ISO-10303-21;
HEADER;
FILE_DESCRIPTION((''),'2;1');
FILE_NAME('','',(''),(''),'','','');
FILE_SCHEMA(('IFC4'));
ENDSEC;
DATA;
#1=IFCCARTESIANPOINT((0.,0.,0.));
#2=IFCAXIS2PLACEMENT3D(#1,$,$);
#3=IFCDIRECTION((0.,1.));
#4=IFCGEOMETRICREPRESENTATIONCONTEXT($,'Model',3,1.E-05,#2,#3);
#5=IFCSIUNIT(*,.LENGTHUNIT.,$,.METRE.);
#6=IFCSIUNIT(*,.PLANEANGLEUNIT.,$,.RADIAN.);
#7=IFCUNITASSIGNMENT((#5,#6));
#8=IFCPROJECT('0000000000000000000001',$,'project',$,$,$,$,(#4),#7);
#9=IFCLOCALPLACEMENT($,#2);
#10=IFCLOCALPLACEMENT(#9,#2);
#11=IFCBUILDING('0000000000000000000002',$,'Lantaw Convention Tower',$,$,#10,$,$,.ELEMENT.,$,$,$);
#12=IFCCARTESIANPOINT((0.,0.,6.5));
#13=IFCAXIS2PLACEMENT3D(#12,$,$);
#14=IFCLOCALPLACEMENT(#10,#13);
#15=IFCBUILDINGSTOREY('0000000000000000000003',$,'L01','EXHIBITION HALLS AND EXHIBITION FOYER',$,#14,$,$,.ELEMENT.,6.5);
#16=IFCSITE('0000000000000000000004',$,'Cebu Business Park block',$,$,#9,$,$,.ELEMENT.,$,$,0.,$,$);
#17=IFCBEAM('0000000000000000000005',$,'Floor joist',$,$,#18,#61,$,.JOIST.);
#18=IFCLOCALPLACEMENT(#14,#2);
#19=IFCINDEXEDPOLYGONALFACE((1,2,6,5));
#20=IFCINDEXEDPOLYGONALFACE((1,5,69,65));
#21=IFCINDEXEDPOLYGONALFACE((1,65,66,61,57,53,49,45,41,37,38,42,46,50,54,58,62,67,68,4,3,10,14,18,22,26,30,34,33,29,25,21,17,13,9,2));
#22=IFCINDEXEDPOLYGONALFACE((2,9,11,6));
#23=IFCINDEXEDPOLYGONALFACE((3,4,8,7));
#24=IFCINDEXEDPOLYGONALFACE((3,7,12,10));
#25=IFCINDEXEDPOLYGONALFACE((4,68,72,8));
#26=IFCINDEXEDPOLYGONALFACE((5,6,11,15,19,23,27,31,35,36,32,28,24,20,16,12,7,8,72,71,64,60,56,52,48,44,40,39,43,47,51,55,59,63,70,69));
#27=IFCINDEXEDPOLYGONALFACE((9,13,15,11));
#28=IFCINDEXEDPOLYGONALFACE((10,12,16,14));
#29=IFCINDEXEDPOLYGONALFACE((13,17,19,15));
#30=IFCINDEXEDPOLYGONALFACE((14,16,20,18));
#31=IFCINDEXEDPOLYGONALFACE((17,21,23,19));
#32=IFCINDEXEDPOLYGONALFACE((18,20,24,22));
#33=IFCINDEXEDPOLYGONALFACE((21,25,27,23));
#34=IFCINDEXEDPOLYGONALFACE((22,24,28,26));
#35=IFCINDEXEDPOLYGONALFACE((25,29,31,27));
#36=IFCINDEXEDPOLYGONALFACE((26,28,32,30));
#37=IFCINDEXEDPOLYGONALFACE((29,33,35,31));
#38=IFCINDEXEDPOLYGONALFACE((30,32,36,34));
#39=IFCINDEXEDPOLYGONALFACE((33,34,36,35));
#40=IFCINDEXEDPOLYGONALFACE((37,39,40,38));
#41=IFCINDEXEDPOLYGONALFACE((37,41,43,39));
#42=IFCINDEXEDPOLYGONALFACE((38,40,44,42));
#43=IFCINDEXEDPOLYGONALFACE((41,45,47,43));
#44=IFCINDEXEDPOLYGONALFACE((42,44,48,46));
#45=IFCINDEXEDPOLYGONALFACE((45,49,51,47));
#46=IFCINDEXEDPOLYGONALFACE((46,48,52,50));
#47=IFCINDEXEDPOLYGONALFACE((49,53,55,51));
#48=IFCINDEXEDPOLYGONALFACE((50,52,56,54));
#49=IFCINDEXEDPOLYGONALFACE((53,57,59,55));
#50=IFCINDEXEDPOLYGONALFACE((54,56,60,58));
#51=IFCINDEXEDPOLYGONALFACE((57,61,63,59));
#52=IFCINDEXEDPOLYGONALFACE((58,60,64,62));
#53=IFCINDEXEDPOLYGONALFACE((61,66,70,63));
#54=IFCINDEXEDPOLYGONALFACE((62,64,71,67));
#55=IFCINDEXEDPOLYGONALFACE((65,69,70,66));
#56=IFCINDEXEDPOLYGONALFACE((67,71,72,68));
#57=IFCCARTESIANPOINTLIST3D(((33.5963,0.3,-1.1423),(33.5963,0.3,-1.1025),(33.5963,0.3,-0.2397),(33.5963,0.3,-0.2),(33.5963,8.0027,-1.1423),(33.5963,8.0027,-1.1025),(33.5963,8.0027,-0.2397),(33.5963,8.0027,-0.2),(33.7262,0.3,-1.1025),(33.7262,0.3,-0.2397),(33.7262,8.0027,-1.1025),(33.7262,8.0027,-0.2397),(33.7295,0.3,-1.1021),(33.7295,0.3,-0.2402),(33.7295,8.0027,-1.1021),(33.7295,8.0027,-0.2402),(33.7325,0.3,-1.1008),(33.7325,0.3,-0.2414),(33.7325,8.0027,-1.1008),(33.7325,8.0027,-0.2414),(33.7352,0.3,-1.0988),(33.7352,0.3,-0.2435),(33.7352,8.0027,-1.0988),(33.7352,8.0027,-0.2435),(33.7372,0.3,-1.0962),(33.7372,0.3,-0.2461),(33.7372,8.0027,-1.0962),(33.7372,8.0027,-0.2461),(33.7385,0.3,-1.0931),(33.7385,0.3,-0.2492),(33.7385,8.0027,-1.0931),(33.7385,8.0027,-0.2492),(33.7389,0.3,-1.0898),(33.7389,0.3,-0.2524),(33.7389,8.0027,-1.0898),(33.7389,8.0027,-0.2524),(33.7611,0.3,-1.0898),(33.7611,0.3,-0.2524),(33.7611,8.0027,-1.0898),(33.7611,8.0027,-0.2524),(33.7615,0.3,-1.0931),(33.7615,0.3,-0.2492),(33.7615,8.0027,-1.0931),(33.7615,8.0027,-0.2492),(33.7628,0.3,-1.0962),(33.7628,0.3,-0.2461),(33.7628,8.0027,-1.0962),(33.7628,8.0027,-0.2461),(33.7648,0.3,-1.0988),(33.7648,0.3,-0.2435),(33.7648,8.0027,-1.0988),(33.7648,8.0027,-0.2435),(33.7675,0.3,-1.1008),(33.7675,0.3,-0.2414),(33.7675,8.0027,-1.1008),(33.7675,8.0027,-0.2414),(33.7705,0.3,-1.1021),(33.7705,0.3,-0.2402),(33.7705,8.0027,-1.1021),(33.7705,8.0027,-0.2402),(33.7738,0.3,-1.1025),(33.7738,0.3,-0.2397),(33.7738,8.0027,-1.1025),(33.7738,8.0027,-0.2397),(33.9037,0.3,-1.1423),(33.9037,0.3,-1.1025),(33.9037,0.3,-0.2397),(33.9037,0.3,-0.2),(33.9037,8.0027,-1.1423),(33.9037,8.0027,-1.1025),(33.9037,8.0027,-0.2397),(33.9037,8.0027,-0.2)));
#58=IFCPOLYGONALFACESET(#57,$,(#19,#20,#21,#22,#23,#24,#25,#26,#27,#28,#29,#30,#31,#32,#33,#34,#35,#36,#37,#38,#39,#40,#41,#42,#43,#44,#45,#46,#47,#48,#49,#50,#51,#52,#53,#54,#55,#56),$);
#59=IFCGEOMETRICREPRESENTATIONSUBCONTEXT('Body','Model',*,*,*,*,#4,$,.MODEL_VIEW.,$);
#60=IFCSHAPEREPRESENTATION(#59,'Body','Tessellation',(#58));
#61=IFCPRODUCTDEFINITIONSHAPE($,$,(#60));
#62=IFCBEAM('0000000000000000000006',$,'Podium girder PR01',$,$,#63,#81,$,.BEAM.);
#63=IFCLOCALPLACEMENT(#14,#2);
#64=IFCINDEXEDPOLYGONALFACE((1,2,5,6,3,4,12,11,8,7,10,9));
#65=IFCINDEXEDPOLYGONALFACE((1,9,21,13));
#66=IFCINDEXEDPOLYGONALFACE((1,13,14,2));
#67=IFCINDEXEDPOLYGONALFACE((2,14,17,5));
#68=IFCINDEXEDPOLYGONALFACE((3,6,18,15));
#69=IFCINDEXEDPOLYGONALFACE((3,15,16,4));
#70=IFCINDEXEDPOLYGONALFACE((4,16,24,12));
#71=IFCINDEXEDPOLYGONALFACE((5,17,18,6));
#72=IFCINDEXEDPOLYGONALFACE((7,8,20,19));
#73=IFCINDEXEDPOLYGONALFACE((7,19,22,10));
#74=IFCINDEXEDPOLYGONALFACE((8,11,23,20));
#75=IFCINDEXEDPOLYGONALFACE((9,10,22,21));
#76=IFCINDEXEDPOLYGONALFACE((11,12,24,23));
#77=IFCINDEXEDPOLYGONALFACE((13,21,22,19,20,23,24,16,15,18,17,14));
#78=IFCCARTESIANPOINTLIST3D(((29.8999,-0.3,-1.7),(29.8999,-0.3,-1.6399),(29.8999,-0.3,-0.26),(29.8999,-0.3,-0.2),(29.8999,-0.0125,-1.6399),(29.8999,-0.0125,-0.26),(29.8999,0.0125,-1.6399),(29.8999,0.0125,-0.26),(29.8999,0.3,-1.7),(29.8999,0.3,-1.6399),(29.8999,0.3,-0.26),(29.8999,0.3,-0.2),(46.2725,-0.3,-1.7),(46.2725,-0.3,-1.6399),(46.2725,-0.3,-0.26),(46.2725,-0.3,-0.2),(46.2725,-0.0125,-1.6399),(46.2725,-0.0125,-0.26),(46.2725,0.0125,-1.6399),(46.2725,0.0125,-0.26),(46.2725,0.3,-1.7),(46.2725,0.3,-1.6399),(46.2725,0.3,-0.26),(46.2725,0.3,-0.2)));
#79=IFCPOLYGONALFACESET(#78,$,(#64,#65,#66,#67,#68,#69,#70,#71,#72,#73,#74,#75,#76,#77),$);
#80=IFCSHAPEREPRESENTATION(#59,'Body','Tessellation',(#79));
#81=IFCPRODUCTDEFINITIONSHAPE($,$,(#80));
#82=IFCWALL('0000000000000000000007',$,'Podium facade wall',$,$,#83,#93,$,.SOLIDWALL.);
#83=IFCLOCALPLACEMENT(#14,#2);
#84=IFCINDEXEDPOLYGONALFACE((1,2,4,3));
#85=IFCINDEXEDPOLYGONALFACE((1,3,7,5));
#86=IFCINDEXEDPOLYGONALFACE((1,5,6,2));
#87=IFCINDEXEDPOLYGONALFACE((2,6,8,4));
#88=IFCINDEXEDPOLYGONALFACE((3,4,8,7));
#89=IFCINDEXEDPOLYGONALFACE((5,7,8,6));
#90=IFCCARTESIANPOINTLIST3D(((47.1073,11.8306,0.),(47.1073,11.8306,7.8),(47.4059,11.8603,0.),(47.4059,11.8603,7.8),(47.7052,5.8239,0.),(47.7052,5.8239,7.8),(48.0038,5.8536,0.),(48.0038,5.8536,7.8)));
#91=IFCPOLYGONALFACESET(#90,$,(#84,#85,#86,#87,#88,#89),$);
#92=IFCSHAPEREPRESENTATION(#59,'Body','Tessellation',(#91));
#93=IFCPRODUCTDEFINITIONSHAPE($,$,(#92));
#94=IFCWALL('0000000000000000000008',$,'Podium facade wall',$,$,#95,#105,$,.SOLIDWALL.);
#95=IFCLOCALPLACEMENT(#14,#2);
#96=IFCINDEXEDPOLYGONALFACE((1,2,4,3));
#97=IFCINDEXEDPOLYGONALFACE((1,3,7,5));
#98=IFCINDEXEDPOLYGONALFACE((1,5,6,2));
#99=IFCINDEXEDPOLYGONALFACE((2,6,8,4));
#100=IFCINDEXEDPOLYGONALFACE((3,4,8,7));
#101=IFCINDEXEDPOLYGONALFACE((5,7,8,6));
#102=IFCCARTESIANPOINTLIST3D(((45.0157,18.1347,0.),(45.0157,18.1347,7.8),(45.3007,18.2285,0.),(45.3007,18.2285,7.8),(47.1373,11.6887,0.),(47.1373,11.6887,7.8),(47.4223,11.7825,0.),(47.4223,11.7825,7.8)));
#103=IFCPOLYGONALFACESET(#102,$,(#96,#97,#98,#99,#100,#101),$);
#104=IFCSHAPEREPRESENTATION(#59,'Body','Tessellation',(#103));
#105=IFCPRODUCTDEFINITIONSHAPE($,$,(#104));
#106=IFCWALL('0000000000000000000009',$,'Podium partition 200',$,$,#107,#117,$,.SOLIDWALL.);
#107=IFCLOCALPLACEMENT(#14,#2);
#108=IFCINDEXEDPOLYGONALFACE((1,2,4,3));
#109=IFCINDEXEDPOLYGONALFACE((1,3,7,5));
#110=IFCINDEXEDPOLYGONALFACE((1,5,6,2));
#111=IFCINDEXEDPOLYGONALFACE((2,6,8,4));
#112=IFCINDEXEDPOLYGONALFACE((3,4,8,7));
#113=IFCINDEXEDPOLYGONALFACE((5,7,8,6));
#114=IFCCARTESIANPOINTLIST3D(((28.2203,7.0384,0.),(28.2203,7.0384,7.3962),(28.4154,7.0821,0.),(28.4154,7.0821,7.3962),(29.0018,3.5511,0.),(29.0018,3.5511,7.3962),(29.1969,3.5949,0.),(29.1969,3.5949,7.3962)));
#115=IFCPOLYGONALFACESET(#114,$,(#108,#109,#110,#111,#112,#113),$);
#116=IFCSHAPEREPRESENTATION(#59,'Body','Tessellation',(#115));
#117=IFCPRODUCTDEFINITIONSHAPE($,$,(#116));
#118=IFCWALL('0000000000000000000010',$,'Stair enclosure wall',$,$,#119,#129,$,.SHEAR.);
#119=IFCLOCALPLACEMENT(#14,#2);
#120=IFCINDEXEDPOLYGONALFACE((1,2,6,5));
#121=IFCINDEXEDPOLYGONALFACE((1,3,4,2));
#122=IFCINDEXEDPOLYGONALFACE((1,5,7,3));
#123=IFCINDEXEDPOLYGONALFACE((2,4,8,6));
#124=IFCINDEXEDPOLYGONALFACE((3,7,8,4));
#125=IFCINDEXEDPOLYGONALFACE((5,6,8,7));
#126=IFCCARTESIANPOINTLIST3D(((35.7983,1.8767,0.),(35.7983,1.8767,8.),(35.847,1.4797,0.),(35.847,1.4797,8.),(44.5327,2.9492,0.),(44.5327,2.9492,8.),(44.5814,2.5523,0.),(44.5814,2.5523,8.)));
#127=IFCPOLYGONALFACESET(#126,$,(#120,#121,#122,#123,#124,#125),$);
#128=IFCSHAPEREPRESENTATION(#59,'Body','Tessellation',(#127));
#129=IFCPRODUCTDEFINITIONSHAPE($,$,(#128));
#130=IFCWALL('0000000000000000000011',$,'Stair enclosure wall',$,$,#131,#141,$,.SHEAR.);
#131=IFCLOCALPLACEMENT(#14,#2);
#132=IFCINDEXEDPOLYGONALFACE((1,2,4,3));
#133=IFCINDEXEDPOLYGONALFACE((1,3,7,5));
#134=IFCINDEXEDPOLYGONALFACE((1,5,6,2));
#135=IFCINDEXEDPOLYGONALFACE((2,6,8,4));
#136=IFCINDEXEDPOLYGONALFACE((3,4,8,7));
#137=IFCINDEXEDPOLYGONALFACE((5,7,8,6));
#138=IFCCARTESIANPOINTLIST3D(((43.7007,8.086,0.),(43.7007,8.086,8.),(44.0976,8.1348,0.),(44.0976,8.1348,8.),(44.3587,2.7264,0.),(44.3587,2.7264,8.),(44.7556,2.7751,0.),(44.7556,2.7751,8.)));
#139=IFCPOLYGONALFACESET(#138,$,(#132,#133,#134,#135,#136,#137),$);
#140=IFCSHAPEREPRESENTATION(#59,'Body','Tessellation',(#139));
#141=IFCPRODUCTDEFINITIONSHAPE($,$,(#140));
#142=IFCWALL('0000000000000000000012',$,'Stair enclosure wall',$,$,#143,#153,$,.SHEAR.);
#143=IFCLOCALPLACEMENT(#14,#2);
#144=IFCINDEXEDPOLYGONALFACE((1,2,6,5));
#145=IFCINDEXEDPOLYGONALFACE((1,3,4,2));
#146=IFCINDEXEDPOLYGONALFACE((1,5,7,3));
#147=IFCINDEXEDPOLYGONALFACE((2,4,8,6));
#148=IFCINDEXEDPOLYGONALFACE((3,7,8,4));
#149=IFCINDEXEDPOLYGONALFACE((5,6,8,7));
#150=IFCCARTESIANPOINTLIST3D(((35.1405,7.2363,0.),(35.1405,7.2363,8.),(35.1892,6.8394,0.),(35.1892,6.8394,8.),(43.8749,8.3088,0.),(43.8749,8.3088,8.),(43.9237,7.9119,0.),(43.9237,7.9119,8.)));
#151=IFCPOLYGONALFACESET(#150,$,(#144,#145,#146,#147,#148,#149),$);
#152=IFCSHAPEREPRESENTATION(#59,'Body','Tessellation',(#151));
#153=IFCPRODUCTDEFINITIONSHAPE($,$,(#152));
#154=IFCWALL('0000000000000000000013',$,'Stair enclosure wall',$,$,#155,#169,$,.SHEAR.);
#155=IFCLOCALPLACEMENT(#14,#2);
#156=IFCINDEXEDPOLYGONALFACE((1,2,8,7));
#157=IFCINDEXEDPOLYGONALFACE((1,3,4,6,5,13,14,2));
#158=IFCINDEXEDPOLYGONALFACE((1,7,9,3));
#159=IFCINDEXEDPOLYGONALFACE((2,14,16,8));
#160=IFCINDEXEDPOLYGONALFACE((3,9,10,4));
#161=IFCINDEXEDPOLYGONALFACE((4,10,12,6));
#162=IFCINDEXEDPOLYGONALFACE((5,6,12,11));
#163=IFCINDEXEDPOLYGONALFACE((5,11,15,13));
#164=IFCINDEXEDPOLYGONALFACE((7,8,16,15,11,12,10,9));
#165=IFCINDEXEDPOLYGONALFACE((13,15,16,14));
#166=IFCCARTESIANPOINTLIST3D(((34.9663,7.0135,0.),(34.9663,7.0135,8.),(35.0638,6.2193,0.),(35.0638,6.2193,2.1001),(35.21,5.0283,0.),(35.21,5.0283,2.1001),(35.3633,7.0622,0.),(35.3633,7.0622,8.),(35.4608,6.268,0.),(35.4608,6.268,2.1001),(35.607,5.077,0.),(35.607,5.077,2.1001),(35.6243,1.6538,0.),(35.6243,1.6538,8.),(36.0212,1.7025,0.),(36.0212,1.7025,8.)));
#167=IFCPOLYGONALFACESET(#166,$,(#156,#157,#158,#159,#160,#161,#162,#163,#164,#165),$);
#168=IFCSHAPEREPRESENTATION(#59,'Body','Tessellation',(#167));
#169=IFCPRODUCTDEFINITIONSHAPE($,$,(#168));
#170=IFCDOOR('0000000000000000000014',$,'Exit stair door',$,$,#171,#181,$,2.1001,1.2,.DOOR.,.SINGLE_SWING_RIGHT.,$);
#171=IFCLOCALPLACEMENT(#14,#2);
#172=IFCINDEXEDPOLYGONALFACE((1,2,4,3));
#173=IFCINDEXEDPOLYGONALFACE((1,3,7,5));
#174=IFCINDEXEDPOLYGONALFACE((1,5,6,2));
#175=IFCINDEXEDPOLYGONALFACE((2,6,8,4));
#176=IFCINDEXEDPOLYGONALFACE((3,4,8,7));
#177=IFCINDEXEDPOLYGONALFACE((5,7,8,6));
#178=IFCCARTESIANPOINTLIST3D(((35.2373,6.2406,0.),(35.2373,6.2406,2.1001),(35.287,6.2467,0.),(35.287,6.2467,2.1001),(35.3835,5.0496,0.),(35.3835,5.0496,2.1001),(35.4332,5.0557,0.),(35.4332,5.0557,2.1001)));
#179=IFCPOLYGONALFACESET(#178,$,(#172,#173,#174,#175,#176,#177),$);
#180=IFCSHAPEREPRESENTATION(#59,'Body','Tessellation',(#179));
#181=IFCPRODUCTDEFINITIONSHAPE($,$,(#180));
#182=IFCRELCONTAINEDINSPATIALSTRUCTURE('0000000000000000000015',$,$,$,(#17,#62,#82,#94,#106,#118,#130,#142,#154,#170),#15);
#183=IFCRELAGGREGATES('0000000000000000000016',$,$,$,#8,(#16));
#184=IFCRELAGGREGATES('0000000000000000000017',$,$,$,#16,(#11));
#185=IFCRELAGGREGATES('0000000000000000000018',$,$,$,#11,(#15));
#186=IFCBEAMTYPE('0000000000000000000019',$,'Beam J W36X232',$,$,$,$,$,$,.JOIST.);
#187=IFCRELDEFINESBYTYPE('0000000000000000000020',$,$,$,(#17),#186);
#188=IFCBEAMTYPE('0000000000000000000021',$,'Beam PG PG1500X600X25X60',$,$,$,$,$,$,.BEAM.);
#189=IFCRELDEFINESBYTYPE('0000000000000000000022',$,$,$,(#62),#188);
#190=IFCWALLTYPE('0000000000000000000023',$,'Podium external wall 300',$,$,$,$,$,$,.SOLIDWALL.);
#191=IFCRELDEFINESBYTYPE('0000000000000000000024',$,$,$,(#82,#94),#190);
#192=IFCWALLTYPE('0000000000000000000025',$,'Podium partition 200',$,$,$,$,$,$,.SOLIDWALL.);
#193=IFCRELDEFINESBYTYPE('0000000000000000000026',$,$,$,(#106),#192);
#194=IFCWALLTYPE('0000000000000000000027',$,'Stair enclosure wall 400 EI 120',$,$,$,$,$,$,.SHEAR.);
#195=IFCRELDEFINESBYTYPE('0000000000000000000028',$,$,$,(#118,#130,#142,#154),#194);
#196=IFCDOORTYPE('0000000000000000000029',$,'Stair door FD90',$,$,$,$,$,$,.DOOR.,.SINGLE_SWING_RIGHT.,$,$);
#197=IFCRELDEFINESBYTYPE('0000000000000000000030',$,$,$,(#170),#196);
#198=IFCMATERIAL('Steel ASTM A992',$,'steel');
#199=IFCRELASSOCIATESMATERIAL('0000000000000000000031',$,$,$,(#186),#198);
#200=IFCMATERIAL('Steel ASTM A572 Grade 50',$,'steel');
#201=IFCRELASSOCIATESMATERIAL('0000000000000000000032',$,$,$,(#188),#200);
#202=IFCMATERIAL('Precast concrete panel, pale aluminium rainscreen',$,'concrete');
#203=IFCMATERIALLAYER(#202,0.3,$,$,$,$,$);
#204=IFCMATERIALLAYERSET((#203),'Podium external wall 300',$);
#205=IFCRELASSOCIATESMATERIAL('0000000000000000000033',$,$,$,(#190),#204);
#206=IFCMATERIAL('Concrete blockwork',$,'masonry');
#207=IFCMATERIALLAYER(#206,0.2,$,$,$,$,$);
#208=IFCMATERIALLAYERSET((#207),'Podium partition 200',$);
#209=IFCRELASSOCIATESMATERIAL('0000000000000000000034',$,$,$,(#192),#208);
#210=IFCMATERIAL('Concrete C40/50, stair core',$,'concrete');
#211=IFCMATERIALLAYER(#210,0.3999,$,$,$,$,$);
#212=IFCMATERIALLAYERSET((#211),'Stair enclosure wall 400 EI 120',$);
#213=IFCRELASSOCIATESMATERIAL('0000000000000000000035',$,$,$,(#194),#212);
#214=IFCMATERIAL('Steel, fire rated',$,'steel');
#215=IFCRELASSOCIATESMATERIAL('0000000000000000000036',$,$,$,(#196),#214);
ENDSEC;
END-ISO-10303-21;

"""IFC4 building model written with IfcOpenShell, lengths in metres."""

from ifc_helpers import new_model, si_unit, direction, frame, frame_2d, origin, origin_2d, place, context, subcontext, project, spatial, rectangle, i_section, extrude, material, layer, layer_set, material_profile, profile_set, type_object, element, fill, save


model = new_model("IFC4")

# Units and contexts
model_context = context("Model", 3, precision=1e-05, world=origin(), true_north=direction((0.0, 1.0)))
body_context = subcontext(model_context, "Body", "Model", "MODEL_VIEW")
ifc_project = project(units=[si_unit("LENGTHUNIT", "METRE"), si_unit("PLANEANGLEUNIT", "RADIAN")], contexts=[model_context])

# Site, building, storey
site_placement = place(None, origin())
site = spatial("IfcSite", under=ifc_project, at=site_placement, Name="Cebu Business Park block", CompositionType="ELEMENT", RefElevation=0.0)
building_placement = place(site_placement, origin())
building = spatial("IfcBuilding", under=site, at=building_placement, Name="Lantaw Convention Tower", CompositionType="ELEMENT")
storey_placement = place(building_placement, frame((0.0, 0.0, 6.5)))
storey = spatial("IfcBuildingStorey", under=building, at=storey_placement, Name="L01", Description="EXHIBITION HALLS AND EXHIBITION FOYER", CompositionType="ELEMENT", Elevation=6.5)

# Shared definitions
ifc_material_1 = material(Name="Steel ASTM A572 Grade 50", Category="steel")

# Beams
ifc_material_2 = material(Name="Steel ASTM A992", Category="steel")
ifc_material_profile_1 = material_profile(ifc_material_2, i_section(OverallWidth=0.3074, OverallDepth=0.9424, WebThickness=0.0222, FlangeThickness=0.0398, FilletRadius=0.0127, at=origin_2d()), Name="W36X232")
ifc_profile_set_1 = profile_set([ifc_material_profile_1], Name="Steel ASTM A992")
beam_type_1 = type_object("IfcBeamType", Name="Beam J W36X232", PredefinedType="JOIST", material=ifc_profile_set_1)
beam_1_placement = place(storey_placement, frame((33.75, 0.3, -0.6711), z_axis=(0.0, 1.0, 0.0), x_axis=(-1.0, 0.0, 0.0)))
element("IfcBeam", 1, at=beam_1_placement, inside=storey, type_object=beam_type_1, Name="Floor joist", PredefinedType="JOIST", context=body_context, shape_type="SweptSolid", body=[
    extrude(i_section(OverallWidth=0.3074, OverallDepth=0.9424, WebThickness=0.0222, FlangeThickness=0.0398, FilletRadius=0.0127, at=origin_2d()), origin(), (0.0, 0.0, 1.0), 7.7026),
])
ifc_material_profile_2 = material_profile(ifc_material_1, i_section(OverallWidth=0.6001, OverallDepth=1.5, WebThickness=0.0249, FlangeThickness=0.0601, at=origin_2d()), Name="PG1500X600X25X60")
ifc_profile_set_2 = profile_set([ifc_material_profile_2], Name="Steel ASTM A572 Grade 50")
beam_type_2 = type_object("IfcBeamType", Name="Beam PG PG1500X600X25X60", PredefinedType="BEAM", material=ifc_profile_set_2)
beam_2_placement = place(storey_placement, frame((29.8999, 0.0, -0.95), z_axis=(1.0, 0.0, 0.0), x_axis=(0.0, 1.0, 0.0)))
element("IfcBeam", 2, at=beam_2_placement, inside=storey, type_object=beam_type_2, Name="Podium girder PR01", PredefinedType="BEAM", context=body_context, shape_type="SweptSolid", body=[
    extrude(i_section(OverallWidth=0.6001, OverallDepth=1.5, WebThickness=0.0249, FlangeThickness=0.0601, at=origin_2d()), origin(), (0.0, 0.0, 1.0), 16.3726),
])

# Walls
ifc_material_3 = material(Name="Precast concrete panel, pale aluminium rainscreen", Category="concrete")
ifc_layer_1 = layer(ifc_material_3, 0.3)
ifc_layer_set_1 = layer_set([ifc_layer_1], Name="Podium external wall 300")
wall_type_1 = type_object("IfcWallType", Name="Podium external wall 300", PredefinedType="SOLIDWALL", material=ifc_layer_set_1)
wall_1_placement = place(storey_placement, frame((47.8545, 5.8389, 0.0), z_axis=(0.0, 0.0, 1.0), x_axis=(-0.099051, 0.995082, 0.0)))
element("IfcWall", 3, at=wall_1_placement, inside=storey, type_object=wall_type_1, Name="Podium facade wall", PredefinedType="SOLIDWALL", context=body_context, shape_type="SweptSolid", body=[
    extrude(rectangle(XDim=6.0364, YDim=0.3, at=frame_2d((3.0181, 0.0))), origin(), (0.0, 0.0, 1.0), 7.8),
])
wall_2_placement = place(storey_placement, frame((47.2798, 11.7356, 0.0), z_axis=(0.0, 0.0, 1.0), x_axis=(-0.312631, 0.949874, 0.0)))
element("IfcWall", 4, at=wall_2_placement, inside=storey, type_object=wall_type_1, Name="Podium facade wall", PredefinedType="SOLIDWALL", context=body_context, shape_type="SweptSolid", body=[
    extrude(rectangle(XDim=6.7861, YDim=0.3, at=frame_2d((3.3931, 0.0))), origin(), (0.0, 0.0, 1.0), 7.8),
])

# Shared definitions
ifc_material_4 = material(Name="Concrete blockwork", Category="masonry")
ifc_layer_2 = layer(ifc_material_4, 0.2)
ifc_layer_set_2 = layer_set([ifc_layer_2], Name="Podium partition 200")
wall_type_2 = type_object("IfcWallType", Name="Podium partition 200", PredefinedType="SOLIDWALL", material=ifc_layer_set_2)

# Walls
wall_3_placement = place(storey_placement, frame((29.0994, 3.573, 0.0), z_axis=(0.0, 0.0, 1.0), x_axis=(-0.218673, 0.975798, 0.0)))
element("IfcWall", 5, at=wall_3_placement, inside=storey, type_object=wall_type_2, Name="Podium partition 200", PredefinedType="SOLIDWALL", context=body_context, shape_type="SweptSolid", body=[
    extrude(rectangle(XDim=3.5737, YDim=0.2, at=frame_2d((1.7869, 0.0))), origin(), (0.0, 0.0, 1.0), 7.3962),
])
ifc_material_5 = material(Name="Concrete C40/50, stair core", Category="concrete")
ifc_layer_3 = layer(ifc_material_5, 0.3999)
ifc_layer_set_3 = layer_set([ifc_layer_3], Name="Stair enclosure wall 400 EI 120")
wall_type_3 = type_object("IfcWallType", Name="Stair enclosure wall 400 EI 120", PredefinedType="SHEAR", material=ifc_layer_set_3)
wall_4_placement = place(storey_placement, frame((35.8228, 1.6782, 0.0), z_axis=(0.0, 0.0, 1.0), x_axis=(0.992545, 0.121876, 0.0)))
element("IfcWall", 6, at=wall_4_placement, inside=storey, type_object=wall_type_3, Name="Stair enclosure wall", PredefinedType="SHEAR", context=body_context, shape_type="SweptSolid", body=[
    extrude(rectangle(XDim=8.8, YDim=0.3999, at=frame_2d((4.3999, 0.0))), origin(), (0.0, 0.0, 1.0), 8.0),
])
wall_5_placement = place(storey_placement, frame((44.5571, 2.7507, 0.0), z_axis=(0.0, 0.0, 1.0), x_axis=(-0.121848, 0.992549, 0.0)))
element("IfcWall", 7, at=wall_5_placement, inside=storey, type_object=wall_type_3, Name="Stair enclosure wall", PredefinedType="SHEAR", context=body_context, shape_type="SweptSolid", body=[
    extrude(rectangle(XDim=5.3999, YDim=0.3999, at=frame_2d((2.7, 0.0))), origin(), (0.0, 0.0, 1.0), 8.0),
])
wall_6_placement = place(storey_placement, frame((43.8992, 8.1104, 0.0), z_axis=(0.0, 0.0, 1.0), x_axis=(-0.992545, -0.121876, 0.0)))
element("IfcWall", 8, at=wall_6_placement, inside=storey, type_object=wall_type_3, Name="Stair enclosure wall", PredefinedType="SHEAR", context=body_context, shape_type="SweptSolid", body=[
    extrude(rectangle(XDim=8.8, YDim=0.3999, at=frame_2d((4.3999, 0.0))), origin(), (0.0, 0.0, 1.0), 8.0),
])

# Wall, opening, door
wall_7_placement = place(storey_placement, frame((35.1648, 7.0378, 0.0), z_axis=(0.0, 0.0, 1.0), x_axis=(0.121848, -0.992549, 0.0)))
wall_7 = element("IfcWall", 9, at=wall_7_placement, inside=storey, type_object=wall_type_3, Name="Stair enclosure wall", PredefinedType="SHEAR", context=body_context, shape_type="SweptSolid", body=[
    extrude(rectangle(XDim=5.3999, YDim=0.3999, at=frame_2d((2.7, 0.0))), origin(), (0.0, 0.0, 1.0), 8.0),
])
opening_1_placement = place(wall_7_placement, frame((0.8, 0.0, 0.0)))
opening_1 = element("IfcOpeningElement", 10, at=opening_1_placement, cuts=wall_7, PredefinedType="OPENING", context=body_context, shape_type="SweptSolid", body=[
    extrude(rectangle(XDim=1.2, YDim=2.1001, at=frame_2d((0.6001, 1.05))), frame((0.0, 0.21, 0.0), z_axis=(0.0, -1.0, 0.0), x_axis=(1.0, 0.0, 0.0)), (0.0, 0.0, 1.0), 0.4199),
])
ifc_material_6 = material(Name="Steel, fire rated", Category="steel")
door_type_1 = type_object("IfcDoorType", Name="Stair door FD90", OperationType="SINGLE_SWING_RIGHT", PredefinedType="DOOR", material=ifc_material_6)
door_1_placement = place(opening_1_placement, origin())
door_1 = element("IfcDoor", 11, at=door_1_placement, inside=storey, type_object=door_type_1, Name="Exit stair door", OperationType="SINGLE_SWING_RIGHT", OverallHeight=2.1001, OverallWidth=1.2, PredefinedType="DOOR", context=body_context, shape_type="SweptSolid", body=[
    extrude(rectangle(XDim=1.2, YDim=2.1001, at=frame_2d((0.6001, 1.05))), frame((0.0, 0.0249, 0.0), z_axis=(0.0, -1.0, 0.0), x_axis=(1.0, 0.0, 0.0)), (0.0, 0.0, 1.0), 0.05),
])
fill(opening_1, door_1)

save(model, "model.ifc")
